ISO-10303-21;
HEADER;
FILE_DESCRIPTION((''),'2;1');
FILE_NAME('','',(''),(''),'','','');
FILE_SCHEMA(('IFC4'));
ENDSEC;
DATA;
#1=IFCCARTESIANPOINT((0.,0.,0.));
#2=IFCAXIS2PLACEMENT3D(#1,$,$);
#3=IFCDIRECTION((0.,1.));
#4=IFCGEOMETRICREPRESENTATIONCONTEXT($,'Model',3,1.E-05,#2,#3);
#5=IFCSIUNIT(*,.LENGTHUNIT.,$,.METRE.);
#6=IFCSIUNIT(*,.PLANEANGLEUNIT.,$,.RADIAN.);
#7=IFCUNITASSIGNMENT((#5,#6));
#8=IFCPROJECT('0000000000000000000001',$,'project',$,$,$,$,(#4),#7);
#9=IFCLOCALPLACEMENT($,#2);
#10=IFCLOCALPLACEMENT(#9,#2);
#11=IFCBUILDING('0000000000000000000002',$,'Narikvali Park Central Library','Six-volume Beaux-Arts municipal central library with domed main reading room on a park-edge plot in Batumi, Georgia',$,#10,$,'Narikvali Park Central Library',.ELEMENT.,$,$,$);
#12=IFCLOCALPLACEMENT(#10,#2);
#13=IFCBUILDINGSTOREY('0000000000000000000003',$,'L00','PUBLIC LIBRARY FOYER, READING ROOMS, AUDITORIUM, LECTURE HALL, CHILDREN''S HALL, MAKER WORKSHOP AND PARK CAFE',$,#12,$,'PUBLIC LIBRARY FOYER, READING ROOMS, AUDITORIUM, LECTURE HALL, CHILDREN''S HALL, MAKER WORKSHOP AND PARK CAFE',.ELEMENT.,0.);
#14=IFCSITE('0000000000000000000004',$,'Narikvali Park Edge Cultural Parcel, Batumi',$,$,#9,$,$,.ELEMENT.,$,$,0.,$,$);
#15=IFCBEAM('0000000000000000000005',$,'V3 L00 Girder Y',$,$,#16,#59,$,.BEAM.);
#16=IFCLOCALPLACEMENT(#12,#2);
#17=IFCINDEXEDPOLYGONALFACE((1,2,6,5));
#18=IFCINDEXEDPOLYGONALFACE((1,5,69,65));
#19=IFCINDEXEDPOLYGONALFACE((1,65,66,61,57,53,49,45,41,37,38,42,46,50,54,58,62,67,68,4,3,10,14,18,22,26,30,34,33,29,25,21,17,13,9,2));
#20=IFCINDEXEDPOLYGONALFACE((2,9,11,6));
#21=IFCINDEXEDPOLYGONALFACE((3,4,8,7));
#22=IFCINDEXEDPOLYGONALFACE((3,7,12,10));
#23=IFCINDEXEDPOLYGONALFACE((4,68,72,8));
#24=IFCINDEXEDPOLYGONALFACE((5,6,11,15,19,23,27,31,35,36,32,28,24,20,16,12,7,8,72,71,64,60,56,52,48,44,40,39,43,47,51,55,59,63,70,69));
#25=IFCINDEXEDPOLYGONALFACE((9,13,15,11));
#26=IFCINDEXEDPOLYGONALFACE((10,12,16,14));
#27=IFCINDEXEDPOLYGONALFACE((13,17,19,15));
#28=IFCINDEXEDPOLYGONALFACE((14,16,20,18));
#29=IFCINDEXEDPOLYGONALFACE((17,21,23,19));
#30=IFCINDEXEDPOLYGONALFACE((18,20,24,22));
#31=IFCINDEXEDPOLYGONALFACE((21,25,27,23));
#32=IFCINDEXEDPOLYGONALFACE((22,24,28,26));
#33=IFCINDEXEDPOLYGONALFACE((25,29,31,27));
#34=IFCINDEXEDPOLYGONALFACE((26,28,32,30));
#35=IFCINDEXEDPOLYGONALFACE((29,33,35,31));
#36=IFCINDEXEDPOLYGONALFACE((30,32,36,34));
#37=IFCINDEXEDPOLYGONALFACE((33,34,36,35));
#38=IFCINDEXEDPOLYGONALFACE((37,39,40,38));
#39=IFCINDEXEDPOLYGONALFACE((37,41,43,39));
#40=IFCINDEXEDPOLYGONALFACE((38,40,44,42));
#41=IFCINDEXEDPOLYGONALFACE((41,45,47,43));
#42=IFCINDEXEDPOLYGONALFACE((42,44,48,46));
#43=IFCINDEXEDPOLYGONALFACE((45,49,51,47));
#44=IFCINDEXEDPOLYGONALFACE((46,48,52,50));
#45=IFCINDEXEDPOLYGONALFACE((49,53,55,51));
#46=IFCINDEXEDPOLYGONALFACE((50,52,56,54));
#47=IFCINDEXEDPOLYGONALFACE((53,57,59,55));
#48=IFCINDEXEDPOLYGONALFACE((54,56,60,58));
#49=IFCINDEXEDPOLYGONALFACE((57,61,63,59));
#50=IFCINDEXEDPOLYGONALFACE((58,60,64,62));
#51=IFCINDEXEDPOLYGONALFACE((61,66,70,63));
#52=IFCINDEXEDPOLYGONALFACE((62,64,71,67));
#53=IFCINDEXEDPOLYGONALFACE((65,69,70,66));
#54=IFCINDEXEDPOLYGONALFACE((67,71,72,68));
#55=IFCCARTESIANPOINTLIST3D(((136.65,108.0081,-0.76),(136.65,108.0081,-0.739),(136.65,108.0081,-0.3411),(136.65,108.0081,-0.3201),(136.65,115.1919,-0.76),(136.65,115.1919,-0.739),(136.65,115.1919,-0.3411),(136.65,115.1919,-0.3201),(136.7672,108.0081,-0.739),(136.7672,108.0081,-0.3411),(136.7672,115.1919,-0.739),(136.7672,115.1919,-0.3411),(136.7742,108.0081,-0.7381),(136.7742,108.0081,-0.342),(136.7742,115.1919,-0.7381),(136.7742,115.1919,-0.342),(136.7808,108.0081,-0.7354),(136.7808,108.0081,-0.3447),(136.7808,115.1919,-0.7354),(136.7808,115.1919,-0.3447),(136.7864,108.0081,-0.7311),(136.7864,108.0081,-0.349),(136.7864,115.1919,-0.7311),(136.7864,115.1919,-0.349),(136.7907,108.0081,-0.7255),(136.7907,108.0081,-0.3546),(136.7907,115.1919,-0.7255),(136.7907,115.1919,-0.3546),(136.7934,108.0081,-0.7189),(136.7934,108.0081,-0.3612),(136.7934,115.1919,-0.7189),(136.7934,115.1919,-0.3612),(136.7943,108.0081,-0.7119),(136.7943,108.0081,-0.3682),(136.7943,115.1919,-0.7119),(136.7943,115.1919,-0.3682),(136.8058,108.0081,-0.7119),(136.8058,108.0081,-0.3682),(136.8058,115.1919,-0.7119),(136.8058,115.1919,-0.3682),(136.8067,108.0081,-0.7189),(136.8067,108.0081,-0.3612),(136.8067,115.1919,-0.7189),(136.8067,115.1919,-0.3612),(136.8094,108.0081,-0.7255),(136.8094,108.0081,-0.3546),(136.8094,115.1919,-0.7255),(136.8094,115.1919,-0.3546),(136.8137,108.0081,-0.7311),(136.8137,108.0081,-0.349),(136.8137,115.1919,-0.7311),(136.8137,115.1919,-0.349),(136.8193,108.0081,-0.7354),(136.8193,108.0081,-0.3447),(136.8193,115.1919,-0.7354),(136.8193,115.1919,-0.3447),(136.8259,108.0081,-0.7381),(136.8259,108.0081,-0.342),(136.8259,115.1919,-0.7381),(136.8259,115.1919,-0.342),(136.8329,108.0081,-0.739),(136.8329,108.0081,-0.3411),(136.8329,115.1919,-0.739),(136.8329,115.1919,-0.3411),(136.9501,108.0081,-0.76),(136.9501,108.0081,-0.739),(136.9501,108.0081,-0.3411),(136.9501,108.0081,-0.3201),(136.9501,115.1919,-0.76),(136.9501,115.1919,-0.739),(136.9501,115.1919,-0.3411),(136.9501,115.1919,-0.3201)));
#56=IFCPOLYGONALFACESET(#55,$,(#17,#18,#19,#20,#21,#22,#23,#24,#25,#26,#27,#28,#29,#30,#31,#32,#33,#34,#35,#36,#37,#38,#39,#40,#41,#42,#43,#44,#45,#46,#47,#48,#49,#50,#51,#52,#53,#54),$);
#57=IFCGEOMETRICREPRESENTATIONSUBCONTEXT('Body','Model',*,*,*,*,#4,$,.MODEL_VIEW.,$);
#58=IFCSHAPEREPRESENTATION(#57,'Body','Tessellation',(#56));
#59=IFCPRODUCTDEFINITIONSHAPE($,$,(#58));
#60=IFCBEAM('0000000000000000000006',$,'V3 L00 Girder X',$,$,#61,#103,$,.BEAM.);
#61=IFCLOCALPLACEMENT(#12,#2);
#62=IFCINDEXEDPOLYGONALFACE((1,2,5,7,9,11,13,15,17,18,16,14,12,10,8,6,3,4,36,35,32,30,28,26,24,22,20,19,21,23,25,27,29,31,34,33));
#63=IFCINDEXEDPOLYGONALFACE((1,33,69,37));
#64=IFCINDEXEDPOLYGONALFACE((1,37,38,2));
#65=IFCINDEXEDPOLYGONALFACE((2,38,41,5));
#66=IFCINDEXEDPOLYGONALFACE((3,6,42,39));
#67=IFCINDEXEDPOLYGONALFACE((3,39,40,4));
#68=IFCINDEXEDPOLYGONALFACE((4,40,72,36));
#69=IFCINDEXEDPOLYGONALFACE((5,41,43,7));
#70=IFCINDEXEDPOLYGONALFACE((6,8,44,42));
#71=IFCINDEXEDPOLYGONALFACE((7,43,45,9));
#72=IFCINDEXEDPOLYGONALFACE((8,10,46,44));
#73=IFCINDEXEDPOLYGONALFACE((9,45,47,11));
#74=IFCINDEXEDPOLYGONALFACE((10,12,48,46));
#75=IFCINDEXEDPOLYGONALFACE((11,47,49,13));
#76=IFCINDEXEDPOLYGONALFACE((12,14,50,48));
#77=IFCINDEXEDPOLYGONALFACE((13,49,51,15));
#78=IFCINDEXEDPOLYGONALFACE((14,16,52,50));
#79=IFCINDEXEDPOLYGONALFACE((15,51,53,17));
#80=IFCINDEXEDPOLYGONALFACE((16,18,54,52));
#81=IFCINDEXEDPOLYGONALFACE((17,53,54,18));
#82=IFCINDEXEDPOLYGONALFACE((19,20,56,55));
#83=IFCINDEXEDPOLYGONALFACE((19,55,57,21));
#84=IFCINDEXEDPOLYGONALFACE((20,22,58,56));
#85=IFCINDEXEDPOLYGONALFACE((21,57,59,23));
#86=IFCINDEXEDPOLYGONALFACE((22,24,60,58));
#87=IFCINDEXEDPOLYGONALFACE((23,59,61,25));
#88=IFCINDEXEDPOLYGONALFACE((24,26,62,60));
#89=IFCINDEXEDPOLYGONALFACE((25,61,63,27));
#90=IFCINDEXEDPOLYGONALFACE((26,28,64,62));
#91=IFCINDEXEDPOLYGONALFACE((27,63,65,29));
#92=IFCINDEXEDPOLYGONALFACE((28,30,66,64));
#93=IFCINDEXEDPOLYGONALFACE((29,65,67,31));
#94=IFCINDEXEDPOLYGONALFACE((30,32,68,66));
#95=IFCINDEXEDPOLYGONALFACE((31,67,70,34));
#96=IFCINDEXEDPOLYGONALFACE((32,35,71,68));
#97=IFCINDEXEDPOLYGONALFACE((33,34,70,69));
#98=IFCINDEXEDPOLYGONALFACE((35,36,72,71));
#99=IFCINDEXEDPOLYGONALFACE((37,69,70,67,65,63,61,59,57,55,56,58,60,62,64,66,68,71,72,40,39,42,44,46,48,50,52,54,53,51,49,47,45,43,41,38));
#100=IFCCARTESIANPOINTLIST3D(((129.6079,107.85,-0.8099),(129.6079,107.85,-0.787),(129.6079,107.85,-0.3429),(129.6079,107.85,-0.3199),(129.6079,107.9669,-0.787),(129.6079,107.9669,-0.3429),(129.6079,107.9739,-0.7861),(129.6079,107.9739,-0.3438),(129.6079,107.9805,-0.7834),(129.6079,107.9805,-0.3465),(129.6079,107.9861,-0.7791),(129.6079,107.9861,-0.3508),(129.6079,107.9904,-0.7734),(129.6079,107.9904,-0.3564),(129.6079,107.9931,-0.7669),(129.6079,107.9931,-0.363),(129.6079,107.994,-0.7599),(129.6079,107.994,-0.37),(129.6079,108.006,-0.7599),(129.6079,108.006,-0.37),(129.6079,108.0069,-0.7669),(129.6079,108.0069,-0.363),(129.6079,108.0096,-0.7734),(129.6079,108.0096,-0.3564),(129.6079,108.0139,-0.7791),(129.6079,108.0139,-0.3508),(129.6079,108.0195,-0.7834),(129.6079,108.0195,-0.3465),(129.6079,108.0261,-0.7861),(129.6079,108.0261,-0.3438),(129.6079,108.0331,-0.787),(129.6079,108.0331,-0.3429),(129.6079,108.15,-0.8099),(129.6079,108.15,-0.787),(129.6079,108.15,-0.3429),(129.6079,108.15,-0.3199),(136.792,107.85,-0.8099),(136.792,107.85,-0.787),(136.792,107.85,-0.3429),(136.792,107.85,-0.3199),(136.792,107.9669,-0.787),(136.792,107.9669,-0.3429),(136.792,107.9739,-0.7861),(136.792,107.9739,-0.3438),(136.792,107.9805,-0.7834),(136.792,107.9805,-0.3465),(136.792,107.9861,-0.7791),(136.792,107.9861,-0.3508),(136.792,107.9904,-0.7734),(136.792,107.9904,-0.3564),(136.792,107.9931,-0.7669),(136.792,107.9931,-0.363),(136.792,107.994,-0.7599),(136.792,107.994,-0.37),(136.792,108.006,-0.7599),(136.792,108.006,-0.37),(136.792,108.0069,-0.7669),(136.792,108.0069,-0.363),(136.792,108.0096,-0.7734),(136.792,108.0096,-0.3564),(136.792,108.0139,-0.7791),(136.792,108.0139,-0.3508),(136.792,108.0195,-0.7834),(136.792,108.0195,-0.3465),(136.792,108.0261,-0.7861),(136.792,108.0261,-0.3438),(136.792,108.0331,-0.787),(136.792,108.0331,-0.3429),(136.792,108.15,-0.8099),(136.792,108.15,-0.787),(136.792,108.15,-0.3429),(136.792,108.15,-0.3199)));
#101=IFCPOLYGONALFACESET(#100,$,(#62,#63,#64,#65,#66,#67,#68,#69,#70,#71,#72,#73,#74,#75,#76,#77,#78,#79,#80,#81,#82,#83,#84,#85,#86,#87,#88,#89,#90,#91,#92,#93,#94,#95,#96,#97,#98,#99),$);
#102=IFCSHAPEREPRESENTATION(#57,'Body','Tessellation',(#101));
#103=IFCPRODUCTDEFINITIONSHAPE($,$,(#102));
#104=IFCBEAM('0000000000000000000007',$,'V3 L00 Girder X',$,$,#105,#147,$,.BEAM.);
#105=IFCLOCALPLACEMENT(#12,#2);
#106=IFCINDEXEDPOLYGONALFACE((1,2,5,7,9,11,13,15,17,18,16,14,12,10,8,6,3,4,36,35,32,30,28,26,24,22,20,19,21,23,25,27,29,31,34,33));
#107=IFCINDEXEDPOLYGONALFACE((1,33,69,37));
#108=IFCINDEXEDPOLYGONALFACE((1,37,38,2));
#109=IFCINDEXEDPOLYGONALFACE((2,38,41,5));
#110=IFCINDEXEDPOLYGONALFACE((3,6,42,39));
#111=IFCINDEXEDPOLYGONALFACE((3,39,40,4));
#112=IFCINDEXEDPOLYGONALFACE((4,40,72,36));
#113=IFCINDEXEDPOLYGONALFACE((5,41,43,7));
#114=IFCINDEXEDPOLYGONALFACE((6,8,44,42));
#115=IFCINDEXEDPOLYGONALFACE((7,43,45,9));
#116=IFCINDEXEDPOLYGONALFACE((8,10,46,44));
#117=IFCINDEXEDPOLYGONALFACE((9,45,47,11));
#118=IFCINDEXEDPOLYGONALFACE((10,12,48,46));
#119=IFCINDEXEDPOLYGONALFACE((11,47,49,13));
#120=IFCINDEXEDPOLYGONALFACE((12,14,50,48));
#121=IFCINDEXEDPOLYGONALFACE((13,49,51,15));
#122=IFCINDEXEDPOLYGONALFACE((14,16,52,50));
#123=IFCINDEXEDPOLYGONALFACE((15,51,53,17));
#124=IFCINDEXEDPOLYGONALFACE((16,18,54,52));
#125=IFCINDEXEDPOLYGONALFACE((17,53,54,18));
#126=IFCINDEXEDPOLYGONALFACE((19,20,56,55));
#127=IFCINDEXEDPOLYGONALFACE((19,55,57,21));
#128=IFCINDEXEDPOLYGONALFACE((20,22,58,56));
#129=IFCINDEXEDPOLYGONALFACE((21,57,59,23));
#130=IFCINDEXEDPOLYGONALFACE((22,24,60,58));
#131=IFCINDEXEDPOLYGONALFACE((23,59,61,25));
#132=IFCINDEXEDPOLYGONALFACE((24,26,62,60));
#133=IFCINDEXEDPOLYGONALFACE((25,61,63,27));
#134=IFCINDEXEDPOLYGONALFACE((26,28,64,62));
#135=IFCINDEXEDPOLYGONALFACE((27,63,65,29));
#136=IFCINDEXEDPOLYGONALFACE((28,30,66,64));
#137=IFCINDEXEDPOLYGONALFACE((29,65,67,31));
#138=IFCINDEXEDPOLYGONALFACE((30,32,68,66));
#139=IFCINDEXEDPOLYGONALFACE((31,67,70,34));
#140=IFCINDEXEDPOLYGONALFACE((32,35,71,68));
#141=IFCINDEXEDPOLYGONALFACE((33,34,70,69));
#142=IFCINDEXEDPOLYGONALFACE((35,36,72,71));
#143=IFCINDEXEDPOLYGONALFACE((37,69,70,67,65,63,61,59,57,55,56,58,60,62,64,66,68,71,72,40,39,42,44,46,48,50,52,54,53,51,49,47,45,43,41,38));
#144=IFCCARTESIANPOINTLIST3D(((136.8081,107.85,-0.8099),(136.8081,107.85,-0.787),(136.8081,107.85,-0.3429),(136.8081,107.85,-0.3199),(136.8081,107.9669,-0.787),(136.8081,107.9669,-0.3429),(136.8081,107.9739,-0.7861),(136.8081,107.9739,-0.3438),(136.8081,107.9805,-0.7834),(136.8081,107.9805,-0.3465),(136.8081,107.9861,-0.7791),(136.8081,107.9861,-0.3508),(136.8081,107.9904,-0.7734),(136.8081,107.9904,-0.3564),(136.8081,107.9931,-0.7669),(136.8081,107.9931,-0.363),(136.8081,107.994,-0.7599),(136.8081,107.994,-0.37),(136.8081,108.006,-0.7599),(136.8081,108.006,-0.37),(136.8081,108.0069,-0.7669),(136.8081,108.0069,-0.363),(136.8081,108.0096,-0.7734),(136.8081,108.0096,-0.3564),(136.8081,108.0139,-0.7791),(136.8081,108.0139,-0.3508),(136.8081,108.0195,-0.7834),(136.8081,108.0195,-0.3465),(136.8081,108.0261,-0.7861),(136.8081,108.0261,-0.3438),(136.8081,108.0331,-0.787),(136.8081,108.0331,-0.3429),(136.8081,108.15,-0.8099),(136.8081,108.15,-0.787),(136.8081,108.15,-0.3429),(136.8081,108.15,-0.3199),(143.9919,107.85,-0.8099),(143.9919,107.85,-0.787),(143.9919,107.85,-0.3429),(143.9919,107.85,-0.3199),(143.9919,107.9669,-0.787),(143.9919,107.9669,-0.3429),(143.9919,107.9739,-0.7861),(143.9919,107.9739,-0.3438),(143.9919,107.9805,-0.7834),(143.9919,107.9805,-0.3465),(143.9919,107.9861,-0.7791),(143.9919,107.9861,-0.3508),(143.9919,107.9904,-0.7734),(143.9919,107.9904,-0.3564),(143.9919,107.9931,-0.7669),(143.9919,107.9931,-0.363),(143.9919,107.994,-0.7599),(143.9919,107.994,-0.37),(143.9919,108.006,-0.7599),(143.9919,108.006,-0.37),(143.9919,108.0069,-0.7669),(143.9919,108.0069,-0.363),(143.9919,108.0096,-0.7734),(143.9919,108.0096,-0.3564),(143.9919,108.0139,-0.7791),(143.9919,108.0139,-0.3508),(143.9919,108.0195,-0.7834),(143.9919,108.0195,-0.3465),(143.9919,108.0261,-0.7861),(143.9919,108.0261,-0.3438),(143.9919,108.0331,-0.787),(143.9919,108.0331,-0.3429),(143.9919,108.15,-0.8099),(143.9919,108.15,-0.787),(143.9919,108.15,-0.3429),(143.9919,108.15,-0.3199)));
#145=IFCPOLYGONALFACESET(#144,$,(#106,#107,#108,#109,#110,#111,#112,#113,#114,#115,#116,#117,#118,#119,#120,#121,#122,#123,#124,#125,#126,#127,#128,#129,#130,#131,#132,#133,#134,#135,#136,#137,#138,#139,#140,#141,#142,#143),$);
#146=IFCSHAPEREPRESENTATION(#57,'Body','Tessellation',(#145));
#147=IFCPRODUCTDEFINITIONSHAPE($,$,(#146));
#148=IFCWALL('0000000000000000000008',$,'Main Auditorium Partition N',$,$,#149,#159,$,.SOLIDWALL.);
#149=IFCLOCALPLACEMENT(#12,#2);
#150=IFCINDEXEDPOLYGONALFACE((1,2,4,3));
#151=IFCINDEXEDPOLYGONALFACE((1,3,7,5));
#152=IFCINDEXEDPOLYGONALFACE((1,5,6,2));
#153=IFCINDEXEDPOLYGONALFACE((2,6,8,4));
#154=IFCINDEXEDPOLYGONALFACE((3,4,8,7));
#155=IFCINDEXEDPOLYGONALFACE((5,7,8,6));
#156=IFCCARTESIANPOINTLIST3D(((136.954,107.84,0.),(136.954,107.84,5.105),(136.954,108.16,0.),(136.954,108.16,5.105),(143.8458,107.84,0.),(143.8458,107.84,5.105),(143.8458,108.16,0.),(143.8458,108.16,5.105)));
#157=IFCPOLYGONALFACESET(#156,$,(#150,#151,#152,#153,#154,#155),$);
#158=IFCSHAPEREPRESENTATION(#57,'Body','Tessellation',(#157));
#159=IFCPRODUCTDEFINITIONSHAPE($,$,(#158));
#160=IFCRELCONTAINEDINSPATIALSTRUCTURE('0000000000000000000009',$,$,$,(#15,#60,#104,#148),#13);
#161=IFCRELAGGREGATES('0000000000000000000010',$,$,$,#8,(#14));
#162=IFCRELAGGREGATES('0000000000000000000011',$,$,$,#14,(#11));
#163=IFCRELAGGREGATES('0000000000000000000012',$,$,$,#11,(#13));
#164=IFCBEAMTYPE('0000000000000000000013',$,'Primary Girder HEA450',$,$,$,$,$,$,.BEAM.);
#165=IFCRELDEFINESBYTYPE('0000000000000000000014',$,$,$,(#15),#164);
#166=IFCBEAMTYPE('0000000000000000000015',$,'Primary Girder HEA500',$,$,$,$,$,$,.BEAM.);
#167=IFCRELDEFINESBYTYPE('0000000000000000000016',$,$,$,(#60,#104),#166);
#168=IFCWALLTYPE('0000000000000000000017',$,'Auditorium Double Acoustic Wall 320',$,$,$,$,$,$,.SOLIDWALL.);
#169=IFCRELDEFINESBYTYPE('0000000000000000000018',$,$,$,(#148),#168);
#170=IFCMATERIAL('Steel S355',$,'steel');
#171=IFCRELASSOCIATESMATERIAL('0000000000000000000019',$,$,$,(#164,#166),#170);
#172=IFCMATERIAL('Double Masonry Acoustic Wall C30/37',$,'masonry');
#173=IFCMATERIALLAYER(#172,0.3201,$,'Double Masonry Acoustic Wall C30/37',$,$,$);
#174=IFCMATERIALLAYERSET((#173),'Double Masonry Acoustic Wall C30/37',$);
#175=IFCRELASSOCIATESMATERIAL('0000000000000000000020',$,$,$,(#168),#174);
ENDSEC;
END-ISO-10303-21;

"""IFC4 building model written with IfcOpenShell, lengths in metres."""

from ifc_helpers import new_model, si_unit, direction, frame, frame_2d, origin, origin_2d, place, context, subcontext, project, spatial, rectangle, i_section, extrude, material, layer, layer_set, material_profile, profile_set, type_object, element, save


model = new_model("IFC4")

# Units and contexts
model_context = context("Model", 3, precision=1e-05, world=origin(), true_north=direction((0.0, 1.0)))
body_context = subcontext(model_context, "Body", "Model", "MODEL_VIEW")
ifc_project = project(units=[si_unit("LENGTHUNIT", "METRE"), si_unit("PLANEANGLEUNIT", "RADIAN")], contexts=[model_context])

# Site, building, storey
site_placement = place(None, origin())
site = spatial("IfcSite", under=ifc_project, at=site_placement, Name="Narikvali Park Edge Cultural Parcel, Batumi", CompositionType="ELEMENT", RefElevation=0.0)
building_placement = place(site_placement, origin())
building = spatial("IfcBuilding", under=site, at=building_placement, Name="Narikvali Park Central Library", Description="Six-volume Beaux-Arts municipal central library with domed main reading room on a park-edge plot in Batumi, Georgia", LongName="Narikvali Park Central Library", CompositionType="ELEMENT")
storey_placement = place(building_placement, origin())
storey = spatial("IfcBuildingStorey", under=building, at=storey_placement, Name="L00", Description="PUBLIC LIBRARY FOYER, READING ROOMS, AUDITORIUM, LECTURE HALL, CHILDREN'S HALL, MAKER WORKSHOP AND PARK CAFE", LongName="PUBLIC LIBRARY FOYER, READING ROOMS, AUDITORIUM, LECTURE HALL, CHILDREN'S HALL, MAKER WORKSHOP AND PARK CAFE", CompositionType="ELEMENT", Elevation=0.0)

# Shared definitions
ifc_material_1 = material(Name="Steel S355", Category="steel")

# Beams
ifc_material_profile_1 = material_profile(ifc_material_1, i_section(OverallWidth=0.3, OverallDepth=0.4399, WebThickness=0.0115, FlangeThickness=0.021, FilletRadius=0.0271, at=origin_2d()), Name="HEA 450")
ifc_profile_set_1 = profile_set([ifc_material_profile_1], Name="Steel S355")
beam_type_1 = type_object("IfcBeamType", Name="Primary Girder HEA450", PredefinedType="BEAM", material=ifc_profile_set_1)
beam_1_placement = place(storey_placement, frame((136.8, 108.0081, -0.54), z_axis=(0.0, 1.0, 0.0), x_axis=(-1.0, 0.0, 0.0)))
element("IfcBeam", 1, at=beam_1_placement, inside=storey, type_object=beam_type_1, Name="V3 L00 Girder Y", PredefinedType="BEAM", context=body_context, shape_type="SweptSolid", body=[
    extrude(i_section(OverallWidth=0.3, OverallDepth=0.4399, WebThickness=0.0115, FlangeThickness=0.021, FilletRadius=0.0271, at=origin_2d()), origin(), (0.0, 0.0, 1.0), 7.1838),
])
ifc_material_profile_2 = material_profile(ifc_material_1, i_section(OverallWidth=0.3, OverallDepth=0.49, WebThickness=0.012, FlangeThickness=0.0229, FilletRadius=0.0271, at=origin_2d()), Name="HEA 500")
ifc_profile_set_2 = profile_set([ifc_material_profile_2], Name="Steel S355")
beam_type_2 = type_object("IfcBeamType", Name="Primary Girder HEA500", PredefinedType="BEAM", material=ifc_profile_set_2)
beam_2_placement = place(storey_placement, frame((129.6079, 108.0, -0.5649), z_axis=(1.0, 0.0, 0.0), x_axis=(0.0, 1.0, 0.0)))
element("IfcBeam", 2, at=beam_2_placement, inside=storey, type_object=beam_type_2, Name="V3 L00 Girder X", PredefinedType="BEAM", context=body_context, shape_type="SweptSolid", body=[
    extrude(i_section(OverallWidth=0.3, OverallDepth=0.49, WebThickness=0.012, FlangeThickness=0.0229, FilletRadius=0.0271, at=origin_2d()), origin(), (0.0, 0.0, 1.0), 7.1841),
])
beam_3_placement = place(storey_placement, frame((136.8081, 108.0, -0.5649), z_axis=(1.0, 0.0, 0.0), x_axis=(0.0, 1.0, 0.0)))
element("IfcBeam", 3, at=beam_3_placement, inside=storey, type_object=beam_type_2, Name="V3 L00 Girder X", PredefinedType="BEAM", context=body_context, shape_type="SweptSolid", body=[
    extrude(i_section(OverallWidth=0.3, OverallDepth=0.49, WebThickness=0.012, FlangeThickness=0.0229, FilletRadius=0.0271, at=origin_2d()), origin(), (0.0, 0.0, 1.0), 7.1838),
])

# Shared definitions
ifc_material_2 = material(Name="Double Masonry Acoustic Wall C30/37", Category="masonry")
ifc_layer_1 = layer(ifc_material_2, 0.3201, Name="Double Masonry Acoustic Wall C30/37")
ifc_layer_set_1 = layer_set([ifc_layer_1], Name="Double Masonry Acoustic Wall C30/37")
wall_type_1 = type_object("IfcWallType", Name="Auditorium Double Acoustic Wall 320", PredefinedType="SOLIDWALL", material=ifc_layer_set_1)

# Wall
wall_1_placement = place(storey_placement, frame((136.9541, 108.0, 0.0), z_axis=(0.0, 0.0, 1.0), x_axis=(1.0, 0.0, 0.0)))
element("IfcWall", 4, at=wall_1_placement, inside=storey, type_object=wall_type_1, Name="Main Auditorium Partition N", PredefinedType="SOLIDWALL", context=body_context, shape_type="SweptSolid", body=[
    extrude(rectangle(XDim=6.8918, YDim=0.3201, at=frame_2d((3.4458, 0.0))), origin(), (0.0, 0.0, 1.0), 5.105),
])

save(model, "model.ifc")
